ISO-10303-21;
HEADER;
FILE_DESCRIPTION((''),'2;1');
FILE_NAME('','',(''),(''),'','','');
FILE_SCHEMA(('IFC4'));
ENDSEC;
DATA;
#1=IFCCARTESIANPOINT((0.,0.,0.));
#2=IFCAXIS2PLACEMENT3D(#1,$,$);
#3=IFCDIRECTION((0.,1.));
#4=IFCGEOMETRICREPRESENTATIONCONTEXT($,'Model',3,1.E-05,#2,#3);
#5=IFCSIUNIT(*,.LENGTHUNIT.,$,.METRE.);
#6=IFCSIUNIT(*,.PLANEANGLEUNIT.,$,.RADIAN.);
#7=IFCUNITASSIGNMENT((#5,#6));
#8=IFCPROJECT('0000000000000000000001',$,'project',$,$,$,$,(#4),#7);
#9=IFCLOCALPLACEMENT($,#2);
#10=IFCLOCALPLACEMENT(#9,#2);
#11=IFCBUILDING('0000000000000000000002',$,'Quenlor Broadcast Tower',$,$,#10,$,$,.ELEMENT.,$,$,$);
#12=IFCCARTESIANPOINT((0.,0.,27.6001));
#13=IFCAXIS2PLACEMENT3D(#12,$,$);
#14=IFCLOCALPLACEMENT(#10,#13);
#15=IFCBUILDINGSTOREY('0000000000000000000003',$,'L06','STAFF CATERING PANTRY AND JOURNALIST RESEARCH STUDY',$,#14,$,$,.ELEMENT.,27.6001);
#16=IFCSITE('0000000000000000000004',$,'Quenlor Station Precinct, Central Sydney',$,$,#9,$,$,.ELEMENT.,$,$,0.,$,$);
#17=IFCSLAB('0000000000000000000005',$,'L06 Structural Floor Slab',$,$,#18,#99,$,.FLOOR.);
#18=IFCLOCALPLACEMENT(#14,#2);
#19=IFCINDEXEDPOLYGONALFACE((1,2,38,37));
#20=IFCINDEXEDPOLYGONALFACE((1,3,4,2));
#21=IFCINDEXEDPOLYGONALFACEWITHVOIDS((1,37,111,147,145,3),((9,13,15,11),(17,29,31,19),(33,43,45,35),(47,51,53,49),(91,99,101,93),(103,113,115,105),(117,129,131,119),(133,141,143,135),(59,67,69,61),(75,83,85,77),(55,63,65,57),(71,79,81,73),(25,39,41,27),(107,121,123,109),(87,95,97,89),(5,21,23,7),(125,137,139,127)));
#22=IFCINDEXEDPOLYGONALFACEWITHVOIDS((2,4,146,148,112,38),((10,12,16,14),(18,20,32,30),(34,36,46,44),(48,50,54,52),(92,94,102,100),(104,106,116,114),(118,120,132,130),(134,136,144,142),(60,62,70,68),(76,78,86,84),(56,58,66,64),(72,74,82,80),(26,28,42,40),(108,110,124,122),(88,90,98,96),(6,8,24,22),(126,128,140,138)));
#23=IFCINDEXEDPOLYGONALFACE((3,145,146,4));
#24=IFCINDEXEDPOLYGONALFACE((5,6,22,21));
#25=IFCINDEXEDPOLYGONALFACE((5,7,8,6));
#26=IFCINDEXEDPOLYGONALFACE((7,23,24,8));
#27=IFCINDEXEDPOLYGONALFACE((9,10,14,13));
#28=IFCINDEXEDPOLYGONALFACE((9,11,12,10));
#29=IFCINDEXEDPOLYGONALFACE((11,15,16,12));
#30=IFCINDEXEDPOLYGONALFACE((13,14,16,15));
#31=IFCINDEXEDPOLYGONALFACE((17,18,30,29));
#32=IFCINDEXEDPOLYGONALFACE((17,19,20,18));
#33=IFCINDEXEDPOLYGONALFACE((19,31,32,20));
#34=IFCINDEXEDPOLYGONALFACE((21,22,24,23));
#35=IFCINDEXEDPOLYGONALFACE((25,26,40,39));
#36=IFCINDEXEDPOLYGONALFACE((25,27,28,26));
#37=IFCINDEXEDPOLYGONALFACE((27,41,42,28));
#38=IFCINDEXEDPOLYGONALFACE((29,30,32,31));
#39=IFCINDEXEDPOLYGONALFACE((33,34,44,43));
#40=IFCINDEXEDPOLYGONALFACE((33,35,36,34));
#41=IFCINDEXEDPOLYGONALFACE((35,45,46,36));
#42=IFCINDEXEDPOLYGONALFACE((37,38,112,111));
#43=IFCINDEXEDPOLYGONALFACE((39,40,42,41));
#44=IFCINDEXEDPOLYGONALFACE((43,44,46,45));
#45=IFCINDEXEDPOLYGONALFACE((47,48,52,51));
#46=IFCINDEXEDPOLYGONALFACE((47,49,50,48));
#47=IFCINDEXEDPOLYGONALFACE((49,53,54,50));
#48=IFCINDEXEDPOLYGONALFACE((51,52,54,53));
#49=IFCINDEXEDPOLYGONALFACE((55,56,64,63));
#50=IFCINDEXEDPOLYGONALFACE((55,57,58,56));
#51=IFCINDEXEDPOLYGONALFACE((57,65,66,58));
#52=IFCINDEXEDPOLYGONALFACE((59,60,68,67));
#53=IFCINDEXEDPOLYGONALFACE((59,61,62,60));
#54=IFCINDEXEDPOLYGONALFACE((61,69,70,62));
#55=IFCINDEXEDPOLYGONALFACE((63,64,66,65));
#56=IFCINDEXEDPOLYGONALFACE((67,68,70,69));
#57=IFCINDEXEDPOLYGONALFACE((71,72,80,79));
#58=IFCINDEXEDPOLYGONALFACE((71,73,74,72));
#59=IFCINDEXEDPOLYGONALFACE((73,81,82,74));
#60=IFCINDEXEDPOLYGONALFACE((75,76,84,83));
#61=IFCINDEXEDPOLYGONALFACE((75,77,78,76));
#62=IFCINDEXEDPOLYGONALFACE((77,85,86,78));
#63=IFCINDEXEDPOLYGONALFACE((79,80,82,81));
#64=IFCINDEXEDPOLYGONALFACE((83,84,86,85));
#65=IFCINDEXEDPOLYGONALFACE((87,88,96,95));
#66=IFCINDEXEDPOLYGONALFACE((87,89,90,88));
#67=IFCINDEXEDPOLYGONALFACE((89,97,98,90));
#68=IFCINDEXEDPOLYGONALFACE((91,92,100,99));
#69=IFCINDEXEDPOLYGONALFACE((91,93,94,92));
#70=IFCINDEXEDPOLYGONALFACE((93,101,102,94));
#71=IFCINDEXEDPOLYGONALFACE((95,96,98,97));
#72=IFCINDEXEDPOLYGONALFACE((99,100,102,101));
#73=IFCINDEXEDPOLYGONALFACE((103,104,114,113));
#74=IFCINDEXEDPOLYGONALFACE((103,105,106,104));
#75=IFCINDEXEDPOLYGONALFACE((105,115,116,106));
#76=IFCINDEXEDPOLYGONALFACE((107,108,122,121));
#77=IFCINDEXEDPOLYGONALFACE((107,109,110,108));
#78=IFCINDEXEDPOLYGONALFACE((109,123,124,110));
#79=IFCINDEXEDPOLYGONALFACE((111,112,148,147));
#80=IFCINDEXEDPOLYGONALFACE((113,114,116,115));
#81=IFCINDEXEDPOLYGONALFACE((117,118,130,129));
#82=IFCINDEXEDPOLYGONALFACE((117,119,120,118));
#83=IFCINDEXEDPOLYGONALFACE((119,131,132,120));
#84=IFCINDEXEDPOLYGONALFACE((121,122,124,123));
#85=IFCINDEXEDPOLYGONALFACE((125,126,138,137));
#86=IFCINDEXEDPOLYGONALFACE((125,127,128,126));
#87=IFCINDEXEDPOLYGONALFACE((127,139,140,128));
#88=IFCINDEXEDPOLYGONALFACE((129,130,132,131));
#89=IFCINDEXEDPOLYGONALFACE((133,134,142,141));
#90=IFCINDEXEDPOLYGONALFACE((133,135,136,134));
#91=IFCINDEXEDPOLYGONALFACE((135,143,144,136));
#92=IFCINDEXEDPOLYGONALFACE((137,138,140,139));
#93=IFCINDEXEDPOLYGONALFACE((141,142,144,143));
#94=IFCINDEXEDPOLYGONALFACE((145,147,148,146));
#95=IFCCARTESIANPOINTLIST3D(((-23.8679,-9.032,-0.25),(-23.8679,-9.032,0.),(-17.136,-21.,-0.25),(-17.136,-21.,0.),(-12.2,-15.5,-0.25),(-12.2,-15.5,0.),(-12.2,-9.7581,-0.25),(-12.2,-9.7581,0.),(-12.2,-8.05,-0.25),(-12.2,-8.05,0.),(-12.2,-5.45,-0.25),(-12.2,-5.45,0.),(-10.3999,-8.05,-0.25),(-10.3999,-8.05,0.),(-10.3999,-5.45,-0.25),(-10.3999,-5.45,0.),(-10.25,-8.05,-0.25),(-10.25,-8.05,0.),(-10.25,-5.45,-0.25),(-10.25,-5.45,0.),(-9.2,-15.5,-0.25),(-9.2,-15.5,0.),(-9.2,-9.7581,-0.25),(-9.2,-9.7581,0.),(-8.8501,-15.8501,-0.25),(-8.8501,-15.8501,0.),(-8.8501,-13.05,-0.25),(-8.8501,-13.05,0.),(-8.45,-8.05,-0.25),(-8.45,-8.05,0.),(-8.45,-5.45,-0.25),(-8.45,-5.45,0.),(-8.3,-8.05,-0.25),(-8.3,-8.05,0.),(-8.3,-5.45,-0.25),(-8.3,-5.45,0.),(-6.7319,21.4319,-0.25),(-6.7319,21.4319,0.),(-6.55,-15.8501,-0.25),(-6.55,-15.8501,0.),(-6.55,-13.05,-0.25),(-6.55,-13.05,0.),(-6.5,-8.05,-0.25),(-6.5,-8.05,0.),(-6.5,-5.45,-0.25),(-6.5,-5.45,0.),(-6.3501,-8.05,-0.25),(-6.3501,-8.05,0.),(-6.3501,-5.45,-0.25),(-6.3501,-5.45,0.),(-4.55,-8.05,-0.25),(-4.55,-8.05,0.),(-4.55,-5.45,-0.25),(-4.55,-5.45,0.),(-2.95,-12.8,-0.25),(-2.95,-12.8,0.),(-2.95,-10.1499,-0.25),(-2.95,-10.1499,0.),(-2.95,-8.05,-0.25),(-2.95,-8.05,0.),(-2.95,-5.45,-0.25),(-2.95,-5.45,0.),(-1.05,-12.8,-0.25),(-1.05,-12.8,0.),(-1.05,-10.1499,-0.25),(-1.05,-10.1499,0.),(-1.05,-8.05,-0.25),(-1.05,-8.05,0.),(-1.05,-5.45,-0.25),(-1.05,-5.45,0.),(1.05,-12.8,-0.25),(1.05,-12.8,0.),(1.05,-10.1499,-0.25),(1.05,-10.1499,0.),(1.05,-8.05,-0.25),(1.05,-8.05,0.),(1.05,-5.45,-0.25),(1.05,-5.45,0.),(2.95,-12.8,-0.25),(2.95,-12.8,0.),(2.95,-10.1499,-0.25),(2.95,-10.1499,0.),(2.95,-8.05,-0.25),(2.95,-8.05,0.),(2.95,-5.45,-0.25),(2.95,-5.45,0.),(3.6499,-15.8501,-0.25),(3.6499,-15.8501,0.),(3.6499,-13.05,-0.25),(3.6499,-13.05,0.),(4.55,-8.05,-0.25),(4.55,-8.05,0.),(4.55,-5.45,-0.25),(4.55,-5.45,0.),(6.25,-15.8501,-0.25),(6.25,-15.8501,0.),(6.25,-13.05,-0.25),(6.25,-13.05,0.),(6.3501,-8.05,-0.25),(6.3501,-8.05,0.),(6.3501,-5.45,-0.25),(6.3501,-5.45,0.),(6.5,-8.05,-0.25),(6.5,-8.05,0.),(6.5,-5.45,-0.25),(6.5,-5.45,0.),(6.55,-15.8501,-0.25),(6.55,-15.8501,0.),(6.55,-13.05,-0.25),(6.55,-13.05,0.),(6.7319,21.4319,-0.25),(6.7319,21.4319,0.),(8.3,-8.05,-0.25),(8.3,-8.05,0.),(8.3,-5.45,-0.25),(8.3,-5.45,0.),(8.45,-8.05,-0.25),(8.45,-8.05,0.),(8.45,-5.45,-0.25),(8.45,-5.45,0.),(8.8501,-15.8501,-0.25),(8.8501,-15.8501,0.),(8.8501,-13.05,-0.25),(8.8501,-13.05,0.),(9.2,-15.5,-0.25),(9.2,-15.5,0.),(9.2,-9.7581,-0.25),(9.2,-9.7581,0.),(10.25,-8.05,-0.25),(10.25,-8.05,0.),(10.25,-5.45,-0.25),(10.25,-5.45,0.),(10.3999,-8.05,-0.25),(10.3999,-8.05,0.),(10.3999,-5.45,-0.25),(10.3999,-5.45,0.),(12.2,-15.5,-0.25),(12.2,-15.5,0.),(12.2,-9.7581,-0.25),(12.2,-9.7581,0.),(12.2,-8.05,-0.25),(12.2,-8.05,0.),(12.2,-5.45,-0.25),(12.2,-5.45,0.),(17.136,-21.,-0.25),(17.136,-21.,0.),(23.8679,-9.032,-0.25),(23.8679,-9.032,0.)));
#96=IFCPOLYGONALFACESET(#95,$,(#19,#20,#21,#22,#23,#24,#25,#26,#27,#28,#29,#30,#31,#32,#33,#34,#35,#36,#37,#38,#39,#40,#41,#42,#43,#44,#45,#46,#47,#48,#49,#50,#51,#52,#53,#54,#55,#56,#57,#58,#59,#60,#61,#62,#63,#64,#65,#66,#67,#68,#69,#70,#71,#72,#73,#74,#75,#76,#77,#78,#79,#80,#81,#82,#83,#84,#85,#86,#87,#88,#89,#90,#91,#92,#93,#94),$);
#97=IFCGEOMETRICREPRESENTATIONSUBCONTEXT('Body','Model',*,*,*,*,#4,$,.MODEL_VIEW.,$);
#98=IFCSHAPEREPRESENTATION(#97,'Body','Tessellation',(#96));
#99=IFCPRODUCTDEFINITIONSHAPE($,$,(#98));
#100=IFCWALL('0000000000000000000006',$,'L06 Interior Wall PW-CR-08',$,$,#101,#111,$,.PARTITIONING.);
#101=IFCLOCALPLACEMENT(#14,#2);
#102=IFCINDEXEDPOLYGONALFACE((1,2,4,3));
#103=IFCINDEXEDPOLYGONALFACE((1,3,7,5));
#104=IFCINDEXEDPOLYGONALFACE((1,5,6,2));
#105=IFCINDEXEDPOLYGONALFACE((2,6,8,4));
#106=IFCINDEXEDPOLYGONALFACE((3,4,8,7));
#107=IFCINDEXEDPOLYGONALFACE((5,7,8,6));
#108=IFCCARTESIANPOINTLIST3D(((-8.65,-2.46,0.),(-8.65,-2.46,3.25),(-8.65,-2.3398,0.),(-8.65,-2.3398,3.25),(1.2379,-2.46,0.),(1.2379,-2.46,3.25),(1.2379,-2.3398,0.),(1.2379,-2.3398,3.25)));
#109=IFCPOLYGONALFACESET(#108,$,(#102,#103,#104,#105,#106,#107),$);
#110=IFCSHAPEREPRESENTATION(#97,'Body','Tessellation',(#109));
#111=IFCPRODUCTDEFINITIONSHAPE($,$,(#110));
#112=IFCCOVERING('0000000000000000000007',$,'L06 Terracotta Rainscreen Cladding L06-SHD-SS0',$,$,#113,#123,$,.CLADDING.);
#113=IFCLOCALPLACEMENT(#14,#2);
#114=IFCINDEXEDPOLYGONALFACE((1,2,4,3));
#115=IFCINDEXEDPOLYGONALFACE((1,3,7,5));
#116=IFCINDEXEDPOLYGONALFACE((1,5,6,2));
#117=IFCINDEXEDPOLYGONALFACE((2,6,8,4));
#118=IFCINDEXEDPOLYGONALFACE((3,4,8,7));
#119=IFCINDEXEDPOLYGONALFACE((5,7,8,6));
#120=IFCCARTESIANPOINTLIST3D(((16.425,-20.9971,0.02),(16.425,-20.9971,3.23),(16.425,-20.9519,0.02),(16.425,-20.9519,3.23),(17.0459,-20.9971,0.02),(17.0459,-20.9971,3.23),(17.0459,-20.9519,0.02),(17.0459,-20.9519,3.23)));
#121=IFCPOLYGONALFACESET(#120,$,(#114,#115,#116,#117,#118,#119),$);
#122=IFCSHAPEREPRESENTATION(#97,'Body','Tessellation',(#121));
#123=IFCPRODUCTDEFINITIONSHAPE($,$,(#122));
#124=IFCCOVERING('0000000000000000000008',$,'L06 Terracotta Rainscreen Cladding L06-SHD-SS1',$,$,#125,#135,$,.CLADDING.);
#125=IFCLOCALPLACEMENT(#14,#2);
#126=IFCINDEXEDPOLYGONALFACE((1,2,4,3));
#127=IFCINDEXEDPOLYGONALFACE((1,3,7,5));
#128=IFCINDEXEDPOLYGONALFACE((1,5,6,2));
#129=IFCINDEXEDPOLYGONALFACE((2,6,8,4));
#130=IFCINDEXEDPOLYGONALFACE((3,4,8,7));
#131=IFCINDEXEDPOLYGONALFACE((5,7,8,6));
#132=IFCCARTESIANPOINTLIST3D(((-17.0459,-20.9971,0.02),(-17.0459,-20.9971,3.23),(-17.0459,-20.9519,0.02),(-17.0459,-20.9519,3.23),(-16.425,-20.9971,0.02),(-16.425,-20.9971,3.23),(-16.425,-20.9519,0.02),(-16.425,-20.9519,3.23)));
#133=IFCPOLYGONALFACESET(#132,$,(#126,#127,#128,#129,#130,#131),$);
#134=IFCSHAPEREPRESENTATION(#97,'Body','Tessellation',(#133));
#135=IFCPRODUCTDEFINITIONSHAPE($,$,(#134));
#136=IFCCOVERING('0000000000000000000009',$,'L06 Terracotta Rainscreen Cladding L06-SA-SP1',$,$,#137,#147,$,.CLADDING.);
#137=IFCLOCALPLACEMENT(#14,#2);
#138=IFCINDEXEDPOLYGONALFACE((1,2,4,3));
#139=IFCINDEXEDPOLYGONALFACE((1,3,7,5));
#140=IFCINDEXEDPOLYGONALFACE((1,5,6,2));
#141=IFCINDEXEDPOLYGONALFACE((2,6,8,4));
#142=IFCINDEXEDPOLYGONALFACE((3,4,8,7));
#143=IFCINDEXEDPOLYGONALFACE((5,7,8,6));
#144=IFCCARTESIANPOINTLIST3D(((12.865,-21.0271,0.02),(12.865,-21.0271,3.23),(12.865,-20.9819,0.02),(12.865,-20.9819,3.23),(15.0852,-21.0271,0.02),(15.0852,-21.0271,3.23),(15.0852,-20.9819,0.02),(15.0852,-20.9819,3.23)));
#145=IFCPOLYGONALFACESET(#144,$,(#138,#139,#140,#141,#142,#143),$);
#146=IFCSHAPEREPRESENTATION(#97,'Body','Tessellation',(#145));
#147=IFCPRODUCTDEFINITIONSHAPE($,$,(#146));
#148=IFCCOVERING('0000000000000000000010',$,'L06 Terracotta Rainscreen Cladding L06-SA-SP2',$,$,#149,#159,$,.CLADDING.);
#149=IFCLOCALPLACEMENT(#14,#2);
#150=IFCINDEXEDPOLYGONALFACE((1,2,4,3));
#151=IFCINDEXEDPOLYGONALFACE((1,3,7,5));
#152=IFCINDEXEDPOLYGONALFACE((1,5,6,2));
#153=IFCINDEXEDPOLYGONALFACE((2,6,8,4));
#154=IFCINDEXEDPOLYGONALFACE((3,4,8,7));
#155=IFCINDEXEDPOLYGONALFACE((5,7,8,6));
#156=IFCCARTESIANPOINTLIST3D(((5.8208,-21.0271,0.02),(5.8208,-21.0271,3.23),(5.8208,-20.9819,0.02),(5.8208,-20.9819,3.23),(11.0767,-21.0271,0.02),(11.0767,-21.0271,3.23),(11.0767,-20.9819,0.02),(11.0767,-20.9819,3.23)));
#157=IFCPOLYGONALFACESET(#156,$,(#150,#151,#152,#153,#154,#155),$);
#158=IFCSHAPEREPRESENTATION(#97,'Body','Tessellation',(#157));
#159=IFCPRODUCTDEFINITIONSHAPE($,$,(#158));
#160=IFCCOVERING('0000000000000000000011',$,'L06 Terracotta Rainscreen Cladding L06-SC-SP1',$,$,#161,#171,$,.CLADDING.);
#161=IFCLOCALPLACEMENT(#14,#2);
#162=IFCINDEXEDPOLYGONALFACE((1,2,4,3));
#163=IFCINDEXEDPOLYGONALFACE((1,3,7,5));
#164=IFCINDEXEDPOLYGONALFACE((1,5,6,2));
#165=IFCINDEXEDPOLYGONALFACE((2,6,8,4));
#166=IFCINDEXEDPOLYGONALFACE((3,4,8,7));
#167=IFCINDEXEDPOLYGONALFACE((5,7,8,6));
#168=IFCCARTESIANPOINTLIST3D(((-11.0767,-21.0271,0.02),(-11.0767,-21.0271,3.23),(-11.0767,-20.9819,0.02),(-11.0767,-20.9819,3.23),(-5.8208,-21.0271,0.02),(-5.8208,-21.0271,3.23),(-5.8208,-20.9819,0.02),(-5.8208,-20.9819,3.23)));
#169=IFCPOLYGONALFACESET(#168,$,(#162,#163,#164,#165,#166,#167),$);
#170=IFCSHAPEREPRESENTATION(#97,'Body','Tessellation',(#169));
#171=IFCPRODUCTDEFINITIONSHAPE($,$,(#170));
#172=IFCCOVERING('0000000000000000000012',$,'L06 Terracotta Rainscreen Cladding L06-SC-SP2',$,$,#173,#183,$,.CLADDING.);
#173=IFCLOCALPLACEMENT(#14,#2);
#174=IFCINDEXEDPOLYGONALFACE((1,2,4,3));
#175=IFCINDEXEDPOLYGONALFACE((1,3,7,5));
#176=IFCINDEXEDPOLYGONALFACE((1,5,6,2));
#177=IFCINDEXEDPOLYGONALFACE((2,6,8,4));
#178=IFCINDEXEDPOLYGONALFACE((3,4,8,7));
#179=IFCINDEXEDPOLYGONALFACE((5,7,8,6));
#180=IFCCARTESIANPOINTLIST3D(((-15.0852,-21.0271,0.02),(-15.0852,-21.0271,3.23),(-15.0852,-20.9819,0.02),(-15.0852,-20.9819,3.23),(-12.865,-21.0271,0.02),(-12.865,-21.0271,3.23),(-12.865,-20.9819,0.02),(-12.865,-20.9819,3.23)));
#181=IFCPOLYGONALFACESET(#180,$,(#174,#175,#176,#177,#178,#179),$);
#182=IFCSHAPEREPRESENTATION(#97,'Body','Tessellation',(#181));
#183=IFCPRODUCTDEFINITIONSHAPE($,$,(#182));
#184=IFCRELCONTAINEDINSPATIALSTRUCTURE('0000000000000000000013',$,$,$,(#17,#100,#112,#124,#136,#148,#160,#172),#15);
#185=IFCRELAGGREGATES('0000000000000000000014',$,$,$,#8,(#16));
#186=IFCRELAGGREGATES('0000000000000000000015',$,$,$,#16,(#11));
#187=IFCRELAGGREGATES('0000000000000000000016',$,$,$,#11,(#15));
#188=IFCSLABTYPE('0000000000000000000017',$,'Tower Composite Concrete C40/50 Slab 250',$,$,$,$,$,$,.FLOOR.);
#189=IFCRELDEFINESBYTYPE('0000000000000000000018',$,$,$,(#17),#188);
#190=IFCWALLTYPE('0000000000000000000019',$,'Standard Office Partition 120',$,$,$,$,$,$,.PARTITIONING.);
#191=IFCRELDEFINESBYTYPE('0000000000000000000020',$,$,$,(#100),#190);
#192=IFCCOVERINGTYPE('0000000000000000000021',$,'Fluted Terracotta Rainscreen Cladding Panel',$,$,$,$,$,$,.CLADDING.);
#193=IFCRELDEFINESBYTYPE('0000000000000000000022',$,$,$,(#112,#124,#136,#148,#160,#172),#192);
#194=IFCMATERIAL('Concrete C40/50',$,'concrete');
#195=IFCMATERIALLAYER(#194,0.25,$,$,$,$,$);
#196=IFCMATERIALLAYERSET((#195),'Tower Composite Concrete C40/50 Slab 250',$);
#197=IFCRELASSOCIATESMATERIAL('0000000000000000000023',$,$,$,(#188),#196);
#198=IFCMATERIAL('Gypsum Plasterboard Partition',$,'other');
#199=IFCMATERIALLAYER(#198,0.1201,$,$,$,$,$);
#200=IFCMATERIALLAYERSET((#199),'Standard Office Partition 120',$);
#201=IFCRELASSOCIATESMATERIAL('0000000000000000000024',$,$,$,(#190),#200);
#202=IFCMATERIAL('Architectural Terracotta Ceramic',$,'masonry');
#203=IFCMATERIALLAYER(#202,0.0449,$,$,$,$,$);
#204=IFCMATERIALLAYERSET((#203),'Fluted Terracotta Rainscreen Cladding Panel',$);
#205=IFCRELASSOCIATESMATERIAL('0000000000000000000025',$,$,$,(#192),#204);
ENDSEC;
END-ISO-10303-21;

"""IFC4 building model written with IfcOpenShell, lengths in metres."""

from ifc_helpers import new_model, si_unit, direction, frame, frame_2d, origin, place, context, subcontext, project, spatial, polyline, rectangle, outline, extrude, material, layer, layer_set, type_object, element, save


model = new_model("IFC4")

# Units and contexts
model_context = context("Model", 3, precision=1e-05, world=origin(), true_north=direction((0.0, 1.0)))
body_context = subcontext(model_context, "Body", "Model", "MODEL_VIEW")
ifc_project = project(units=[si_unit("LENGTHUNIT", "METRE"), si_unit("PLANEANGLEUNIT", "RADIAN")], contexts=[model_context])

# Site, building, storey
site_placement = place(None, origin())
site = spatial("IfcSite", under=ifc_project, at=site_placement, Name="Quenlor Station Precinct, Central Sydney", CompositionType="ELEMENT", RefElevation=0.0)
building_placement = place(site_placement, origin())
building = spatial("IfcBuilding", under=site, at=building_placement, Name="Quenlor Broadcast Tower", CompositionType="ELEMENT")
storey_placement = place(building_placement, frame((0.0, 0.0, 27.6001)))
storey = spatial("IfcBuildingStorey", under=building, at=storey_placement, Name="L06", Description="STAFF CATERING PANTRY AND JOURNALIST RESEARCH STUDY", CompositionType="ELEMENT", Elevation=27.6001)

# Slab
ifc_material_1 = material(Name="Concrete C40/50", Category="concrete")
ifc_layer_1 = layer(ifc_material_1, 0.25)
ifc_layer_set_1 = layer_set([ifc_layer_1], Name="Tower Composite Concrete C40/50 Slab 250")
slab_type_1 = type_object("IfcSlabType", Name="Tower Composite Concrete C40/50 Slab 250", PredefinedType="FLOOR", material=ifc_layer_set_1)
slab_1_placement = place(storey_placement, frame((0.0, 0.0, -0.25)))
element("IfcSlab", 1, at=slab_1_placement, inside=storey, type_object=slab_type_1, Name="L06 Structural Floor Slab", PredefinedType="FLOOR", context=body_context, shape_type="SweptSolid", body=[
    extrude(outline(polyline([(17.136, -21.0), (23.8679, -9.032), (6.7319, 21.4319), (-6.7319, 21.4319), (-23.8679, -9.032), (-17.136, -21.0), (17.136, -21.0)]), holes=[polyline([(-12.2, -9.7581), (-12.2, -15.5), (-9.2, -15.5), (-9.2, -9.7581), (-12.2, -9.7581)]), polyline([(9.2, -9.7581), (9.2, -15.5), (12.2, -15.5), (12.2, -9.7581), (9.2, -9.7581)]), polyline([(-12.2, -8.05), (-10.3999, -8.05), (-10.3999, -5.45), (-12.2, -5.45), (-12.2, -8.05)]), polyline([(-10.25, -8.05), (-8.45, -8.05), (-8.45, -5.45), (-10.25, -5.45), (-10.25, -8.05)]), polyline([(-8.3, -8.05), (-6.5, -8.05), (-6.5, -5.45), (-8.3, -5.45), (-8.3, -8.05)]), polyline([(-6.3501, -8.05), (-4.55, -8.05), (-4.55, -5.45), (-6.3501, -5.45), (-6.3501, -8.05)]), polyline([(-2.95, -8.05), (-1.05, -8.05), (-1.05, -5.45), (-2.95, -5.45), (-2.95, -8.05)]), polyline([(1.05, -8.05), (2.95, -8.05), (2.95, -5.45), (1.05, -5.45), (1.05, -8.05)]), polyline([(-2.95, -12.8), (-1.05, -12.8), (-1.05, -10.1499), (-2.95, -10.1499), (-2.95, -12.8)]), polyline([(1.05, -12.8), (2.95, -12.8), (2.95, -10.1499), (1.05, -10.1499), (1.05, -12.8)]), polyline([(4.55, -8.05), (6.3501, -8.05), (6.3501, -5.45), (4.55, -5.45), (4.55, -8.05)]), polyline([(6.5, -8.05), (8.3, -8.05), (8.3, -5.45), (6.5, -5.45), (6.5, -8.05)]), polyline([(8.45, -8.05), (10.25, -8.05), (10.25, -5.45), (8.45, -5.45), (8.45, -8.05)]), polyline([(10.3999, -8.05), (12.2, -8.05), (12.2, -5.45), (10.3999, -5.45), (10.3999, -8.05)]), polyline([(-8.8501, -15.8501), (-6.55, -15.8501), (-6.55, -13.05), (-8.8501, -13.05), (-8.8501, -15.8501)]), polyline([(6.55, -15.8501), (8.8501, -15.8501), (8.8501, -13.05), (6.55, -13.05), (6.55, -15.8501)]), polyline([(3.6499, -15.8501), (6.25, -15.8501), (6.25, -13.05), (3.6499, -13.05), (3.6499, -15.8501)])]), origin(), (0.0, 0.0, 1.0), 0.25),
])

# Wall
ifc_material_2 = material(Name="Gypsum Plasterboard Partition", Category="other")
ifc_layer_2 = layer(ifc_material_2, 0.1201)
ifc_layer_set_2 = layer_set([ifc_layer_2], Name="Standard Office Partition 120")
wall_type = type_object("IfcWallType", Name="Standard Office Partition 120", PredefinedType="PARTITIONING", material=ifc_layer_set_2)
wall_placement = place(storey_placement, frame((-8.6499, -2.3999, 0.0), z_axis=(0.0, 0.0, 1.0), x_axis=(1.0, 0.0, 0.0)))
element("IfcWall", 2, at=wall_placement, inside=storey, type_object=wall_type, Name="L06 Interior Wall PW-CR-08", PredefinedType="PARTITIONING", context=body_context, shape_type="SweptSolid", body=[
    extrude(rectangle(XDim=9.8879, YDim=0.1201, at=frame_2d((4.9438, 0.0))), origin(), (0.0, 0.0, 1.0), 3.25),
])

# Coverings
ifc_material_3 = material(Name="Architectural Terracotta Ceramic", Category="masonry")
ifc_layer_3 = layer(ifc_material_3, 0.0449)
ifc_layer_set_3 = layer_set([ifc_layer_3], Name="Fluted Terracotta Rainscreen Cladding Panel")
covering_type = type_object("IfcCoveringType", Name="Fluted Terracotta Rainscreen Cladding Panel", PredefinedType="CLADDING", material=ifc_layer_set_3)
covering_1_placement = place(storey_placement, frame((0.0, 0.0, 0.02)))
element("IfcCovering", 3, at=covering_1_placement, inside=storey, type_object=covering_type, Name="L06 Terracotta Rainscreen Cladding L06-SHD-SS0", PredefinedType="CLADDING", context=body_context, shape_type="SweptSolid", body=[
    extrude(outline(polyline([(17.0459, -20.9519), (16.425, -20.9519), (16.425, -20.9971), (17.0459, -20.9971), (17.0459, -20.9519)])), origin(), (0.0, 0.0, 1.0), 3.21),
])
covering_2_placement = place(storey_placement, frame((0.0, 0.0, 0.02)))
element("IfcCovering", 4, at=covering_2_placement, inside=storey, type_object=covering_type, Name="L06 Terracotta Rainscreen Cladding L06-SHD-SS1", PredefinedType="CLADDING", context=body_context, shape_type="SweptSolid", body=[
    extrude(outline(polyline([(-16.425, -20.9519), (-17.0459, -20.9519), (-17.0459, -20.9971), (-16.425, -20.9971), (-16.425, -20.9519)])), origin(), (0.0, 0.0, 1.0), 3.21),
])
covering_3_placement = place(storey_placement, frame((0.0, 0.0, 0.02)))
element("IfcCovering", 5, at=covering_3_placement, inside=storey, type_object=covering_type, Name="L06 Terracotta Rainscreen Cladding L06-SA-SP1", PredefinedType="CLADDING", context=body_context, shape_type="SweptSolid", body=[
    extrude(outline(polyline([(15.0852, -20.9819), (12.865, -20.9819), (12.865, -21.0271), (15.0852, -21.0271), (15.0852, -20.9819)])), origin(), (0.0, 0.0, 1.0), 3.21),
])
covering_4_placement = place(storey_placement, frame((0.0, 0.0, 0.02)))
element("IfcCovering", 6, at=covering_4_placement, inside=storey, type_object=covering_type, Name="L06 Terracotta Rainscreen Cladding L06-SA-SP2", PredefinedType="CLADDING", context=body_context, shape_type="SweptSolid", body=[
    extrude(outline(polyline([(11.0767, -20.9819), (5.8208, -20.9819), (5.8208, -21.0271), (11.0767, -21.0271), (11.0767, -20.9819)])), origin(), (0.0, 0.0, 1.0), 3.21),
])
covering_5_placement = place(storey_placement, frame((0.0, 0.0, 0.02)))
element("IfcCovering", 7, at=covering_5_placement, inside=storey, type_object=covering_type, Name="L06 Terracotta Rainscreen Cladding L06-SC-SP1", PredefinedType="CLADDING", context=body_context, shape_type="SweptSolid", body=[
    extrude(outline(polyline([(-5.8208, -20.9819), (-11.0767, -20.9819), (-11.0767, -21.0271), (-5.8208, -21.0271), (-5.8208, -20.9819)])), origin(), (0.0, 0.0, 1.0), 3.21),
])
covering_6_placement = place(storey_placement, frame((0.0, 0.0, 0.02)))
element("IfcCovering", 8, at=covering_6_placement, inside=storey, type_object=covering_type, Name="L06 Terracotta Rainscreen Cladding L06-SC-SP2", PredefinedType="CLADDING", context=body_context, shape_type="SweptSolid", body=[
    extrude(outline(polyline([(-12.865, -20.9819), (-15.0852, -20.9819), (-15.0852, -21.0271), (-12.865, -21.0271), (-12.865, -20.9819)])), origin(), (0.0, 0.0, 1.0), 3.21),
])

save(model, "model.ifc")
